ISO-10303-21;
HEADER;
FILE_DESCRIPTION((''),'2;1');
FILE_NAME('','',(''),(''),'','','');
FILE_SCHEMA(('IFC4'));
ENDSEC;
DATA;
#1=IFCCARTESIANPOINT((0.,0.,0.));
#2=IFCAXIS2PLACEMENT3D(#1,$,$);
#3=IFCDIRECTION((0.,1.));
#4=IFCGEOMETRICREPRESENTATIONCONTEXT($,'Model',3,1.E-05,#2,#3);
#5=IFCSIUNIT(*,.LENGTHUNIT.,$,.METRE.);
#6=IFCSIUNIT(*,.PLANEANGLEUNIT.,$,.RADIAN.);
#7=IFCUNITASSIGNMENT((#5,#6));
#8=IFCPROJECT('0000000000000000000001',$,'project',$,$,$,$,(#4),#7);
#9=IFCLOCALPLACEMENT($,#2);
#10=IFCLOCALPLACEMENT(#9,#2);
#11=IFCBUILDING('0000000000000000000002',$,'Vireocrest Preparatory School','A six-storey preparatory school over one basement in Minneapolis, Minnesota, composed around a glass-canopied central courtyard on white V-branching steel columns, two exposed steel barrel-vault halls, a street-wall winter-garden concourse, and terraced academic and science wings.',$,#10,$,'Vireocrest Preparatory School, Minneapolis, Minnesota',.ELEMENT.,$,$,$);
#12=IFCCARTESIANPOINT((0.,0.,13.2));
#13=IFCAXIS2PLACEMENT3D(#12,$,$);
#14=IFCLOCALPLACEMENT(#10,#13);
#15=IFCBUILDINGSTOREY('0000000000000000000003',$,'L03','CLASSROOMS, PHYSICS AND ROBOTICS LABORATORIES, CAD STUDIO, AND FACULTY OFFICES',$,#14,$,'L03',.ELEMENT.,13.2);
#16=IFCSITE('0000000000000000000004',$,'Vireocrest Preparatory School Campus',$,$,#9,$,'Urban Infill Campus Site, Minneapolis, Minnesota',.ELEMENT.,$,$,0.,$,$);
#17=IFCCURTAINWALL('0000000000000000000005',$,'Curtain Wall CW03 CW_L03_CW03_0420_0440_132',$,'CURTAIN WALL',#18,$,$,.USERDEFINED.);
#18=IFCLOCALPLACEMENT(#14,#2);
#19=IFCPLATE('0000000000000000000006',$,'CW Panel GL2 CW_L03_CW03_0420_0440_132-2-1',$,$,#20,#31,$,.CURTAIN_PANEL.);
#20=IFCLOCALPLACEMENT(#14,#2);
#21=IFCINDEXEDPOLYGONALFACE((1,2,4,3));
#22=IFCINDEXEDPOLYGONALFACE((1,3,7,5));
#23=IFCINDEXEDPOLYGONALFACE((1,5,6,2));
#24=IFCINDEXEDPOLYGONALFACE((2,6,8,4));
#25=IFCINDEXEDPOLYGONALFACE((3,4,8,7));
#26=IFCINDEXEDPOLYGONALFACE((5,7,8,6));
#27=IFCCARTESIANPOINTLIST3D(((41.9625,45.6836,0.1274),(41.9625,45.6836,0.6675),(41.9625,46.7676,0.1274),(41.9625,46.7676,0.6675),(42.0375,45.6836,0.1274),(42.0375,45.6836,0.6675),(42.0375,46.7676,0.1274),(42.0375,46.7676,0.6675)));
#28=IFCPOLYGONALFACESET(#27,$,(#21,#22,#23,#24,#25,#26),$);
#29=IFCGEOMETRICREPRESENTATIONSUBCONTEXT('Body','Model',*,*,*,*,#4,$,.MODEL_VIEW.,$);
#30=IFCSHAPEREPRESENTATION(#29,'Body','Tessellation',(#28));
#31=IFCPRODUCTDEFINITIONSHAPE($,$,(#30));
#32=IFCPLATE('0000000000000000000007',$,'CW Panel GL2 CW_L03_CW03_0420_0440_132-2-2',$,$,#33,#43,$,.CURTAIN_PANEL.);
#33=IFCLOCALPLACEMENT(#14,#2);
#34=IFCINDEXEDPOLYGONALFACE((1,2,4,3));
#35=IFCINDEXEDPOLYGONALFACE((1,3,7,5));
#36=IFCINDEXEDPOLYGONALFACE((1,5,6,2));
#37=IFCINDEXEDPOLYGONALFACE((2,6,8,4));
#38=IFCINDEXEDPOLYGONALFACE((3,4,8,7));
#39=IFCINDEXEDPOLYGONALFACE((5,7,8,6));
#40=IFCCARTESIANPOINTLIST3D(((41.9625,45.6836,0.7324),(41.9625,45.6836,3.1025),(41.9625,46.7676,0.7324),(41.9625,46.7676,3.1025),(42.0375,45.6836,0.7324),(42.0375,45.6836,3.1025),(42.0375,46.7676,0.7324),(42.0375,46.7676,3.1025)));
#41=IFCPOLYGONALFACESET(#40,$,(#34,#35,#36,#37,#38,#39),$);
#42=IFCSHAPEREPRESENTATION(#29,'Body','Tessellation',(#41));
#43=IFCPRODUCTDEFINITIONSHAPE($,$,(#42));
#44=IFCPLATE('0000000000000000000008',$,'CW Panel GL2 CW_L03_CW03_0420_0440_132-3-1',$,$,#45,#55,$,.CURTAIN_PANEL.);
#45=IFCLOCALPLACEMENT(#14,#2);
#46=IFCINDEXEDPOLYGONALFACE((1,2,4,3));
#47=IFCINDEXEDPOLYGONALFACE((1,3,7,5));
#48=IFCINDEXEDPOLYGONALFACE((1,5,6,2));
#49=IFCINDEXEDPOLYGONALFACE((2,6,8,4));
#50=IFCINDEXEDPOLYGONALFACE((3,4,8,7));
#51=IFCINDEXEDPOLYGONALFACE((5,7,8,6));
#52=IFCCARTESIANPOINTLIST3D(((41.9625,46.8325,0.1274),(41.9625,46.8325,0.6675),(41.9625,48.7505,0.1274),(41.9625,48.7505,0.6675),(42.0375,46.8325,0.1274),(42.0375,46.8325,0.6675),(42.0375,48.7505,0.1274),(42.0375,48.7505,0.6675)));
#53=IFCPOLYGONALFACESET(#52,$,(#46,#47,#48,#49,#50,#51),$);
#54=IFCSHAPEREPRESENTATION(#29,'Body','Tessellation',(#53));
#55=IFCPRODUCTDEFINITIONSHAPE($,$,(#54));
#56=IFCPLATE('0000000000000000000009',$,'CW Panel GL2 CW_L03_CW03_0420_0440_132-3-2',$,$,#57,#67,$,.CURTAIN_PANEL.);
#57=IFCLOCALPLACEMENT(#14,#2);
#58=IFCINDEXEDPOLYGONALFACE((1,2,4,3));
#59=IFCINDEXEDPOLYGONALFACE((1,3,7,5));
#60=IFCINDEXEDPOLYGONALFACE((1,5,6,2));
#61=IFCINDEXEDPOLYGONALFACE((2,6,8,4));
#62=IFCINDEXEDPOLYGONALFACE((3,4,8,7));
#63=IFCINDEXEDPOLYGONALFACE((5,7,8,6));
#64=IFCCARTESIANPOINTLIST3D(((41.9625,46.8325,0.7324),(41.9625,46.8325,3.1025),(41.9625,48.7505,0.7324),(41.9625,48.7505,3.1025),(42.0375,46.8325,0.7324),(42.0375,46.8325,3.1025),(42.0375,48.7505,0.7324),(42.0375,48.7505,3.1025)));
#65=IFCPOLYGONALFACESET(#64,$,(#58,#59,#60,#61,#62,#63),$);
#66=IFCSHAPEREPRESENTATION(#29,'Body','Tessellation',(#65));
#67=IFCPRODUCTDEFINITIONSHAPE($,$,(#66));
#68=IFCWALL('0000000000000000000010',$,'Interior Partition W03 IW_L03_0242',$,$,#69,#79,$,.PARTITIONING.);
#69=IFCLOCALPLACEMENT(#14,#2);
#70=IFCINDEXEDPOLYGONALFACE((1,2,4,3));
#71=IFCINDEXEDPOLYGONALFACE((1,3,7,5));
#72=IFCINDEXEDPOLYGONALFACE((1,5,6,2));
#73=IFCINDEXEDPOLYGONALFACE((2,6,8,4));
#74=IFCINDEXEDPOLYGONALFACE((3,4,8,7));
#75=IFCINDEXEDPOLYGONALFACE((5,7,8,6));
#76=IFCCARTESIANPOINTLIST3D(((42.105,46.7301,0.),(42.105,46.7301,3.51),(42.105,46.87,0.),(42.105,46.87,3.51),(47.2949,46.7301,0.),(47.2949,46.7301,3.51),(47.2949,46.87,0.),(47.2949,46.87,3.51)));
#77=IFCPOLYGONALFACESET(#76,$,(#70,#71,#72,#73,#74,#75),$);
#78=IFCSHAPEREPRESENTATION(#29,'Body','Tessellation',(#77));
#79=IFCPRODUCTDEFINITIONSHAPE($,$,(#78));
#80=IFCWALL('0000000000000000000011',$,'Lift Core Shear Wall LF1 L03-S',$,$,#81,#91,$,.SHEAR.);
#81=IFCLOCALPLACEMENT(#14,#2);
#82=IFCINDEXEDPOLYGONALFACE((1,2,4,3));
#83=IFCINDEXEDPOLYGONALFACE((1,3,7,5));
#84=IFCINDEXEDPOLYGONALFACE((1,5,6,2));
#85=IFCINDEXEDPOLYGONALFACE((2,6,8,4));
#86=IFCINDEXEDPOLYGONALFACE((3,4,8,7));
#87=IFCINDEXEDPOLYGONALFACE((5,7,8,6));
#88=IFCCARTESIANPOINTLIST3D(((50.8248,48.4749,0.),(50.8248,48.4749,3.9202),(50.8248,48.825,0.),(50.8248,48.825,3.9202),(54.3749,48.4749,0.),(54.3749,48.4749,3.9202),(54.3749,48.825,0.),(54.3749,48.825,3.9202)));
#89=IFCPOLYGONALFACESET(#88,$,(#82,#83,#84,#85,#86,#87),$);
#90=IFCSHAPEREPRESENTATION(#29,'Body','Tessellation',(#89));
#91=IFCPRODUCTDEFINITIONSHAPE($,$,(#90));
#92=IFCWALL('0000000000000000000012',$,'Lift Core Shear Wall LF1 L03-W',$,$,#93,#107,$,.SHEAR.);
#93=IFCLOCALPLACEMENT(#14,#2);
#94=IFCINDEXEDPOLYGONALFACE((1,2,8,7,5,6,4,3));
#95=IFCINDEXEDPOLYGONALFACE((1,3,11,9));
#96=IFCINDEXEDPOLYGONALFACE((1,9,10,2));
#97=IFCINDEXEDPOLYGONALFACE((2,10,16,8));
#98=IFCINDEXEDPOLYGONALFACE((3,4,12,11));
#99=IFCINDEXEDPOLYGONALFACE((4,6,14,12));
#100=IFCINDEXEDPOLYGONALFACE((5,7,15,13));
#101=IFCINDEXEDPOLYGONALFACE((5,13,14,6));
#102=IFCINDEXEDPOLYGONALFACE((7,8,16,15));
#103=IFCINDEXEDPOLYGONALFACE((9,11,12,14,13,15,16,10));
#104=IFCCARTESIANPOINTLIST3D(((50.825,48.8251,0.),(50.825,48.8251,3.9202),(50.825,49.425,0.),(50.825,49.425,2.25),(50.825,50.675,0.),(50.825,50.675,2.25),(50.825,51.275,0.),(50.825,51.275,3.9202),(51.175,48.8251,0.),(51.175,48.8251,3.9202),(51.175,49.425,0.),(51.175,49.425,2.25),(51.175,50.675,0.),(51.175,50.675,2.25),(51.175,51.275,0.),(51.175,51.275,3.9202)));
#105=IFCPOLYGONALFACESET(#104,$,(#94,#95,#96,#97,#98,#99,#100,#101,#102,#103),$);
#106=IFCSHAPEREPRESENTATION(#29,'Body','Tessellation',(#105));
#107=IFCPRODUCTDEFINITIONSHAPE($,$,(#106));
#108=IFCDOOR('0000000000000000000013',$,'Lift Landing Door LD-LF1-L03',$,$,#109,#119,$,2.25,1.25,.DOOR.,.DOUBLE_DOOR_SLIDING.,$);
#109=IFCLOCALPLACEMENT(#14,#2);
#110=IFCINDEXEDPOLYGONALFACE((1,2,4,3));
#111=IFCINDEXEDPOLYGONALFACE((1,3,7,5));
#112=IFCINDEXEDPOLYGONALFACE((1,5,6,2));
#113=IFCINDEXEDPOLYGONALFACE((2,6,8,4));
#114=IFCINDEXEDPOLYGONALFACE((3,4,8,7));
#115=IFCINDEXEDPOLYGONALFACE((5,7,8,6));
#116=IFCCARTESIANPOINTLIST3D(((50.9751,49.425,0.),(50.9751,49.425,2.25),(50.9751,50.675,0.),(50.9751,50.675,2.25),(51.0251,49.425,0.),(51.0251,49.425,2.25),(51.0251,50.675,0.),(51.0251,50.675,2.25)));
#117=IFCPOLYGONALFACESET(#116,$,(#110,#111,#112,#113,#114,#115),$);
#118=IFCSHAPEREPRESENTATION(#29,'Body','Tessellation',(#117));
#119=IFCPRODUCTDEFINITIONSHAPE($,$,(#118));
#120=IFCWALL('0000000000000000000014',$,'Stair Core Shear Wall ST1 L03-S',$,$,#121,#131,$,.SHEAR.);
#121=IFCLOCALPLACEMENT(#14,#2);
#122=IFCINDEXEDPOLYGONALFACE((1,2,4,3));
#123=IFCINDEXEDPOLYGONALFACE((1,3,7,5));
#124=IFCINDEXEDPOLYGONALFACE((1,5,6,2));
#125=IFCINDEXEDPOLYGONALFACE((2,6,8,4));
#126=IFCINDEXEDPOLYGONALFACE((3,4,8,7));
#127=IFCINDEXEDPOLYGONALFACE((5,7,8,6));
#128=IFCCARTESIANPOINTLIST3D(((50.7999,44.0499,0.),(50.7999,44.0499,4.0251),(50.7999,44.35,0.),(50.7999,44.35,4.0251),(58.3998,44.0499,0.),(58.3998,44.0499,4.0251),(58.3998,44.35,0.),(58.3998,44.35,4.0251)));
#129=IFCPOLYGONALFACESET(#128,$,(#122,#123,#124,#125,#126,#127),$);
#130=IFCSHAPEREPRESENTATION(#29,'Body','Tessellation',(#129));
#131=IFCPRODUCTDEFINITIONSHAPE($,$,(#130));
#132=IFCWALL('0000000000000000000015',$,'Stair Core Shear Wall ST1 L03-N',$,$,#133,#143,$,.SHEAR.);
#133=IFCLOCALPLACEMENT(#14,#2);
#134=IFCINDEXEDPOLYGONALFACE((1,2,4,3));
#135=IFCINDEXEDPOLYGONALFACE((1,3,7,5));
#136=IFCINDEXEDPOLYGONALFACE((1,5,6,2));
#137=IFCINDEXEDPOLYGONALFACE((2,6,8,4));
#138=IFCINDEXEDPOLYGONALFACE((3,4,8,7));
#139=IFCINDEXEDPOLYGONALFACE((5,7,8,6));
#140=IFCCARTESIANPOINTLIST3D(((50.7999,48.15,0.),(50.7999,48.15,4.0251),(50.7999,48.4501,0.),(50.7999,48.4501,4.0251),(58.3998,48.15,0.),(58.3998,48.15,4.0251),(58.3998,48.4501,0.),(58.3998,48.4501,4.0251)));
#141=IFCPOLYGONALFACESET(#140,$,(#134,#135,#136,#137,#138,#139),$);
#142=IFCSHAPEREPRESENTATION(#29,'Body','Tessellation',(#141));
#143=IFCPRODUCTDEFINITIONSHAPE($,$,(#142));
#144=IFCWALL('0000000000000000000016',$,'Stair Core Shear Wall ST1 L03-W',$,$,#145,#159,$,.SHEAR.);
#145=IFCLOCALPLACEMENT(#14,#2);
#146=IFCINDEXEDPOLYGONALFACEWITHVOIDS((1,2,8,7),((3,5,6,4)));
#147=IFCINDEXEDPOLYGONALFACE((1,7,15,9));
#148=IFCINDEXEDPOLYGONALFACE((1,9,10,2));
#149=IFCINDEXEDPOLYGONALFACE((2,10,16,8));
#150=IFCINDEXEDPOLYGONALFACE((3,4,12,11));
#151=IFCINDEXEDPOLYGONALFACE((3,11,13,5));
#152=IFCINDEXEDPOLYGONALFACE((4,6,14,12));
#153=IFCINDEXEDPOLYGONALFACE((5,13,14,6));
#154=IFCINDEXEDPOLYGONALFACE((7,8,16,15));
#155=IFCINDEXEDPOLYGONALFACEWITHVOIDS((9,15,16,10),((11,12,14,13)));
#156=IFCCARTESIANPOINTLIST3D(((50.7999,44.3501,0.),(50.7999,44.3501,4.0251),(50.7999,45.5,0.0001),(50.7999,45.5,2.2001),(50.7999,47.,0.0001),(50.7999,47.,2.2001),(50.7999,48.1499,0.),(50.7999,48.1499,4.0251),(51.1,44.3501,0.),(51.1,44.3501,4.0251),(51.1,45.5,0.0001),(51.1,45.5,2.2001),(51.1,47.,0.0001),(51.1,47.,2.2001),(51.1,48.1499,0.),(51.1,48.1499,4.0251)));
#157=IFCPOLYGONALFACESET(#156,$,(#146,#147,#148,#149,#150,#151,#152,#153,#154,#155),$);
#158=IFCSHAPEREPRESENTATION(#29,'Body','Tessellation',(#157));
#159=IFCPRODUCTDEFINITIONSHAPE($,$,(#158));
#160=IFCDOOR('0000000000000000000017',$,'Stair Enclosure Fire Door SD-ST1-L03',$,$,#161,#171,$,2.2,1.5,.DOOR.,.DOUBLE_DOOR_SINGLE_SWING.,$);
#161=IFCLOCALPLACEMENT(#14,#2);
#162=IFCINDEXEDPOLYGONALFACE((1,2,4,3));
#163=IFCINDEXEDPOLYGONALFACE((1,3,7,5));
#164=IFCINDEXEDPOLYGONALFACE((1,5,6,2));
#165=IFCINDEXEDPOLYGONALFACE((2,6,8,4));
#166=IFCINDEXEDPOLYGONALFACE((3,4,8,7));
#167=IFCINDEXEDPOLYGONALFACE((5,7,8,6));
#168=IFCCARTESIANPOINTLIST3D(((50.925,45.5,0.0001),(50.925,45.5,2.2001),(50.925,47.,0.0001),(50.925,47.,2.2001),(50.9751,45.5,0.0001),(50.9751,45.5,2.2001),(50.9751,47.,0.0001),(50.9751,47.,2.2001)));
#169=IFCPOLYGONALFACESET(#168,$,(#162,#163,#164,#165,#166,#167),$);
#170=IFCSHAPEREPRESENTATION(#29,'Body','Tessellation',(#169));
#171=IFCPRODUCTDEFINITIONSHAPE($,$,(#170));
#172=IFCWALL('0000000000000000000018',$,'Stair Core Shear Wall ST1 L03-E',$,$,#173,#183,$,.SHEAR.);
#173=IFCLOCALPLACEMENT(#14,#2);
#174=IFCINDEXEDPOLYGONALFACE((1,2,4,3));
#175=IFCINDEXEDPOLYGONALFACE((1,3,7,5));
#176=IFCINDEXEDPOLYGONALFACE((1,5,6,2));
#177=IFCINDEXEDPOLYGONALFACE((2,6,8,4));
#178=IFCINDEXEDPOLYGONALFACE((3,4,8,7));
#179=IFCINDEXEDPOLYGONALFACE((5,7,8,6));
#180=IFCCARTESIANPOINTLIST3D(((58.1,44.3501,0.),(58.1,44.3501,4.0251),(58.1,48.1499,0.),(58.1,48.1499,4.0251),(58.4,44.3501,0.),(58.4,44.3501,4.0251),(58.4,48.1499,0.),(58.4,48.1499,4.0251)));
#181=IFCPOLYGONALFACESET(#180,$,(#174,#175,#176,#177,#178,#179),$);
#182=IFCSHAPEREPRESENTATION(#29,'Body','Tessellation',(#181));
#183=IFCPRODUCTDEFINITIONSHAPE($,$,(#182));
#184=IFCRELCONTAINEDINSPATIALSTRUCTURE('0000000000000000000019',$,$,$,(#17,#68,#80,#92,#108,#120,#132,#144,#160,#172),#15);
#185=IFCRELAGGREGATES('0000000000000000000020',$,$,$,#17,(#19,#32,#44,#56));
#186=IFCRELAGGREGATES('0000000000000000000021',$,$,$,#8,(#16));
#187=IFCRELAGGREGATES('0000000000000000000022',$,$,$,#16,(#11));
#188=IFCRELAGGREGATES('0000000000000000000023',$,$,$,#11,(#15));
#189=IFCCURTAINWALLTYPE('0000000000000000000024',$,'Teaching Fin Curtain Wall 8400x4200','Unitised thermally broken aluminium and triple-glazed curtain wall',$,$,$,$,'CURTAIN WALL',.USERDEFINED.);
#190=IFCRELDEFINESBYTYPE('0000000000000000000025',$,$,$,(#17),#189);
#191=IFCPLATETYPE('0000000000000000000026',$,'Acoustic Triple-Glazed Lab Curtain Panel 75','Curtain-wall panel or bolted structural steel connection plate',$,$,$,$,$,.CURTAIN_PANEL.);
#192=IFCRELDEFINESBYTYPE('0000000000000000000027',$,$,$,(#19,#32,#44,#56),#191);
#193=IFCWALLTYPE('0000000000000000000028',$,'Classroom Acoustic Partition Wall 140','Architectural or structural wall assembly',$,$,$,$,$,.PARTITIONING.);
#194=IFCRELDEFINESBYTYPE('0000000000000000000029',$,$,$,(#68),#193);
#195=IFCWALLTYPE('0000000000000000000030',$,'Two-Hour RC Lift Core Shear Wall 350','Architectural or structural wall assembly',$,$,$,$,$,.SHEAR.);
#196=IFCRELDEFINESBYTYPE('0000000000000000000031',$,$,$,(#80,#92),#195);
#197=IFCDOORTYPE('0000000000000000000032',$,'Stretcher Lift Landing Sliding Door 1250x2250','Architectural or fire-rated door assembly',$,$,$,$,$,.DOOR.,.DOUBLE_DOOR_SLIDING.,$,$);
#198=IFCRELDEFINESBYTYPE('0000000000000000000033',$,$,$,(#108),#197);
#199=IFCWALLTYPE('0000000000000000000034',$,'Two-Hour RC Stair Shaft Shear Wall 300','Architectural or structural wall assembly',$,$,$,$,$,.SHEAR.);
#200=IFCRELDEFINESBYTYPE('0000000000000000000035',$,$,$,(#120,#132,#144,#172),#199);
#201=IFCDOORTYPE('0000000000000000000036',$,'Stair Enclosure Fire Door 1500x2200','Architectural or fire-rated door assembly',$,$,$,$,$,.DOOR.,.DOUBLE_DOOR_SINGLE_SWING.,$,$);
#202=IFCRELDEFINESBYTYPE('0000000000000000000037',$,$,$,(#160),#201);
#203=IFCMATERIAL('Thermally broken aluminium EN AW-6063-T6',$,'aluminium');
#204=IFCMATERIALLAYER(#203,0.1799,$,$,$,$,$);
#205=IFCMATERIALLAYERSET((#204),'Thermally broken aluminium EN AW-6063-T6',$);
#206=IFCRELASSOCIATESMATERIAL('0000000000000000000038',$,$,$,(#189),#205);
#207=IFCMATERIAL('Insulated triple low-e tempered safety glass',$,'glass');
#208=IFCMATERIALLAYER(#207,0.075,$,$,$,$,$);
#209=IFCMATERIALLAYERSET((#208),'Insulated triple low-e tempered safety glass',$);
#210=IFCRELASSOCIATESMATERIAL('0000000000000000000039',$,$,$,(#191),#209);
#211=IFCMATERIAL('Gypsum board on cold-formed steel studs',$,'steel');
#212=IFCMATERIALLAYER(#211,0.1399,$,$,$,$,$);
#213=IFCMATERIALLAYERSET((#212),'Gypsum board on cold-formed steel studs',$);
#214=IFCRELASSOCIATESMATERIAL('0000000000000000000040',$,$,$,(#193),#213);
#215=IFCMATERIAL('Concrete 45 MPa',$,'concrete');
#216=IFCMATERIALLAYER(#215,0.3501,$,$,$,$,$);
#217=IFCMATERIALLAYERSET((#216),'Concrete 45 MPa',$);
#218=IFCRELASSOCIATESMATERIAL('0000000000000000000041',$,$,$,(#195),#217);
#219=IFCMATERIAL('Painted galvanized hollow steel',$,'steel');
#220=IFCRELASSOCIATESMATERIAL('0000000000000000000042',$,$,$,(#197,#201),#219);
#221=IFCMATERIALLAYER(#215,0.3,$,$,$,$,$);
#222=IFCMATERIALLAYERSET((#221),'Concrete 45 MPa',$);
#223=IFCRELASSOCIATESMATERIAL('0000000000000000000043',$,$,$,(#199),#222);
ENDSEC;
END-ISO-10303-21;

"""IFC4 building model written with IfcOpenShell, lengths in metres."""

from ifc_helpers import new_model, si_unit, direction, frame, frame_2d, origin, origin_2d, place, context, subcontext, project, spatial, rectangle, extrude, material, layer, layer_set, type_object, element, fill, aggregate, save


model = new_model("IFC4")

# Units and contexts
model_context = context("Model", 3, precision=1e-05, world=origin(), true_north=direction((0.0, 1.0)))
body_context = subcontext(model_context, "Body", "Model", "MODEL_VIEW")
ifc_project = project(units=[si_unit("LENGTHUNIT", "METRE"), si_unit("PLANEANGLEUNIT", "RADIAN")], contexts=[model_context])

# Site, building, storey
site_placement = place(None, origin())
site = spatial("IfcSite", under=ifc_project, at=site_placement, Name="Vireocrest Preparatory School Campus", LongName="Urban Infill Campus Site, Minneapolis, Minnesota", CompositionType="ELEMENT", RefElevation=0.0)
building_placement = place(site_placement, origin())
building = spatial("IfcBuilding", under=site, at=building_placement, Name="Vireocrest Preparatory School", Description="A six-storey preparatory school over one basement in Minneapolis, Minnesota, composed around a glass-canopied central courtyard on white V-branching steel columns, two exposed steel barrel-vault halls, a street-wall winter-garden concourse, and terraced academic and science wings.", LongName="Vireocrest Preparatory School, Minneapolis, Minnesota", CompositionType="ELEMENT")
storey_placement = place(building_placement, frame((0.0, 0.0, 13.2)))
storey = spatial("IfcBuildingStorey", under=building, at=storey_placement, Name="L03", Description="CLASSROOMS, PHYSICS AND ROBOTICS LABORATORIES, CAD STUDIO, AND FACULTY OFFICES", LongName="L03", CompositionType="ELEMENT", Elevation=13.2)

# Shared definitions
ifc_material_1 = material(Name="Concrete 45 MPa", Category="concrete")

# Curtain wall
ifc_material_2 = material(Name="Thermally broken aluminium EN AW-6063-T6", Category="aluminium")
ifc_layer_1 = layer(ifc_material_2, 0.1799)
ifc_layer_set_1 = layer_set([ifc_layer_1], Name="Thermally broken aluminium EN AW-6063-T6")
curtain_wall_type = type_object("IfcCurtainWallType", Name="Teaching Fin Curtain Wall 8400x4200", Description="Unitised thermally broken aluminium and triple-glazed curtain wall", ElementType="CURTAIN WALL", PredefinedType="USERDEFINED", material=ifc_layer_set_1)
curtain_wall_placement = place(storey_placement, origin())
curtain_wall = element("IfcCurtainWall", 1, at=curtain_wall_placement, inside=storey, type_object=curtain_wall_type, Name="Curtain Wall CW03 CW_L03_CW03_0420_0440_132", ObjectType="CURTAIN WALL", PredefinedType="USERDEFINED")

# Plates
ifc_material_3 = material(Name="Insulated triple low-e tempered safety glass", Category="glass")
ifc_layer_2 = layer(ifc_material_3, 0.075)
ifc_layer_set_2 = layer_set([ifc_layer_2], Name="Insulated triple low-e tempered safety glass")
plate_type = type_object("IfcPlateType", Name="Acoustic Triple-Glazed Lab Curtain Panel 75", Description="Curtain-wall panel or bolted structural steel connection plate", PredefinedType="CURTAIN_PANEL", material=ifc_layer_set_2)
plate_1_placement = place(storey_placement, frame((42.0, 46.2256, 0.1274), z_axis=(0.0, 0.0, 1.0), x_axis=(0.0, 1.0, 0.0)))
plate_1 = element("IfcPlate", 2, at=plate_1_placement, type_object=plate_type, Name="CW Panel GL2 CW_L03_CW03_0420_0440_132-2-1", PredefinedType="CURTAIN_PANEL", context=body_context, shape_type="SweptSolid", body=[
    extrude(rectangle(XDim=1.084, YDim=0.075, at=origin_2d()), origin(), (0.0, 0.0, 1.0), 0.54),
])
plate_2_placement = place(storey_placement, frame((42.0, 46.2256, 0.7324), z_axis=(0.0, 0.0, 1.0), x_axis=(0.0, 1.0, 0.0)))
plate_2 = element("IfcPlate", 3, at=plate_2_placement, type_object=plate_type, Name="CW Panel GL2 CW_L03_CW03_0420_0440_132-2-2", PredefinedType="CURTAIN_PANEL", context=body_context, shape_type="SweptSolid", body=[
    extrude(rectangle(XDim=1.084, YDim=0.075, at=origin_2d()), origin(), (0.0, 0.0, 1.0), 2.3701),
])
plate_3_placement = place(storey_placement, frame((42.0, 47.7915, 0.1274), z_axis=(0.0, 0.0, 1.0), x_axis=(0.0, 1.0, 0.0)))
plate_3 = element("IfcPlate", 4, at=plate_3_placement, type_object=plate_type, Name="CW Panel GL2 CW_L03_CW03_0420_0440_132-3-1", PredefinedType="CURTAIN_PANEL", context=body_context, shape_type="SweptSolid", body=[
    extrude(rectangle(XDim=1.918, YDim=0.075, at=origin_2d()), origin(), (0.0, 0.0, 1.0), 0.54),
])
plate_4_placement = place(storey_placement, frame((42.0, 47.7915, 0.7324), z_axis=(0.0, 0.0, 1.0), x_axis=(0.0, 1.0, 0.0)))
plate_4 = element("IfcPlate", 5, at=plate_4_placement, type_object=plate_type, Name="CW Panel GL2 CW_L03_CW03_0420_0440_132-3-2", PredefinedType="CURTAIN_PANEL", context=body_context, shape_type="SweptSolid", body=[
    extrude(rectangle(XDim=1.918, YDim=0.075, at=origin_2d()), origin(), (0.0, 0.0, 1.0), 2.3701),
])
aggregate(curtain_wall, [plate_1, plate_2, plate_3, plate_4])

# Walls
ifc_material_4 = material(Name="Gypsum board on cold-formed steel studs", Category="steel")
ifc_layer_3 = layer(ifc_material_4, 0.1399)
ifc_layer_set_3 = layer_set([ifc_layer_3], Name="Gypsum board on cold-formed steel studs")
wall_type_1 = type_object("IfcWallType", Name="Classroom Acoustic Partition Wall 140", Description="Architectural or structural wall assembly", PredefinedType="PARTITIONING", material=ifc_layer_set_3)
wall_1_placement = place(storey_placement, frame((42.105, 46.8, 0.0), z_axis=(0.0, 0.0, 1.0), x_axis=(1.0, 0.0, 0.0)))
element("IfcWall", 6, at=wall_1_placement, inside=storey, type_object=wall_type_1, Name="Interior Partition W03 IW_L03_0242", PredefinedType="PARTITIONING", context=body_context, shape_type="SweptSolid", body=[
    extrude(rectangle(XDim=5.1899, YDim=0.1399, at=frame_2d((2.595, 0.0))), origin(), (0.0, 0.0, 1.0), 3.51),
])
ifc_layer_4 = layer(ifc_material_1, 0.3501)
ifc_layer_set_4 = layer_set([ifc_layer_4], Name="Concrete 45 MPa")
wall_type_2 = type_object("IfcWallType", Name="Two-Hour RC Lift Core Shear Wall 350", Description="Architectural or structural wall assembly", PredefinedType="SHEAR", material=ifc_layer_set_4)
wall_2_placement = place(storey_placement, frame((50.825, 48.6499, 0.0), z_axis=(0.0, 0.0, 1.0), x_axis=(1.0, 0.0, 0.0)))
element("IfcWall", 7, at=wall_2_placement, inside=storey, type_object=wall_type_2, Name="Lift Core Shear Wall LF1 L03-S", PredefinedType="SHEAR", context=body_context, shape_type="SweptSolid", body=[
    extrude(rectangle(XDim=3.55, YDim=0.3501, at=frame_2d((1.7749, 0.0))), origin(), (0.0, 0.0, 1.0), 3.9202),
])

# Wall, opening, door
wall_3_placement = place(storey_placement, frame((51.0, 48.825, 0.0), z_axis=(0.0, 0.0, 1.0), x_axis=(0.0, 1.0, 0.0)))
wall_3 = element("IfcWall", 8, at=wall_3_placement, inside=storey, type_object=wall_type_2, Name="Lift Core Shear Wall LF1 L03-W", PredefinedType="SHEAR", context=body_context, shape_type="SweptSolid", body=[
    extrude(rectangle(XDim=2.45, YDim=0.3501, at=frame_2d((1.2251, 0.0))), origin(), (0.0, 0.0, 1.0), 3.9202),
])
opening_1_placement = place(wall_3_placement, frame((0.6001, 0.0, 0.0)))
opening_1 = element("IfcOpeningElement", 9, at=opening_1_placement, cuts=wall_3, PredefinedType="OPENING", context=body_context, shape_type="SweptSolid", body=[
    extrude(rectangle(XDim=1.25, YDim=2.25, at=frame_2d((0.625, 1.125))), frame((0.0, 0.1851, 0.0), z_axis=(0.0, -1.0, 0.0), x_axis=(1.0, 0.0, 0.0)), (0.0, 0.0, 1.0), 0.3701),
])
ifc_material_5 = material(Name="Painted galvanized hollow steel", Category="steel")
door_type_1 = type_object("IfcDoorType", Name="Stretcher Lift Landing Sliding Door 1250x2250", Description="Architectural or fire-rated door assembly", OperationType="DOUBLE_DOOR_SLIDING", PredefinedType="DOOR", material=ifc_material_5)
door_1_placement = place(opening_1_placement, origin())
door_1 = element("IfcDoor", 10, at=door_1_placement, inside=storey, type_object=door_type_1, Name="Lift Landing Door LD-LF1-L03", OperationType="DOUBLE_DOOR_SLIDING", OverallHeight=2.25, OverallWidth=1.25, PredefinedType="DOOR", context=body_context, shape_type="SweptSolid", body=[
    extrude(rectangle(XDim=1.25, YDim=2.25, at=frame_2d((0.625, 1.125))), frame((0.0, 0.0249, 0.0), z_axis=(0.0, -1.0, 0.0), x_axis=(1.0, 0.0, 0.0)), (0.0, 0.0, 1.0), 0.05),
])
fill(opening_1, door_1)

# Walls
ifc_layer_5 = layer(ifc_material_1, 0.3)
ifc_layer_set_5 = layer_set([ifc_layer_5], Name="Concrete 45 MPa")
wall_type_3 = type_object("IfcWallType", Name="Two-Hour RC Stair Shaft Shear Wall 300", Description="Architectural or structural wall assembly", PredefinedType="SHEAR", material=ifc_layer_set_5)
for number, where, z_axis, x_axis, name in (
    (11, (50.8, 44.2, 0.0), (0.0, 0.0, 1.0), (1.0, 0.0, 0.0), "Stair Core Shear Wall ST1 L03-S"),
    (12, (50.8, 48.3, 0.0), (0.0, 0.0, 1.0), (1.0, 0.0, 0.0), "Stair Core Shear Wall ST1 L03-N"),
):
    element("IfcWall", number, at=place(storey_placement, frame(where, z_axis=z_axis, x_axis=x_axis)), inside=storey, type_object=wall_type_3, Name=name, PredefinedType="SHEAR", context=body_context, shape_type="SweptSolid", body=[
        extrude(rectangle(XDim=7.5999, YDim=0.3, at=frame_2d((3.7998, 0.0))), origin(), (0.0, 0.0, 1.0), 4.0251),
    ])

# Wall, opening, door
wall_4_placement = place(storey_placement, frame((50.95, 44.3501, 0.0), z_axis=(0.0, 0.0, 1.0), x_axis=(0.0, 1.0, 0.0)))
wall_4 = element("IfcWall", 13, at=wall_4_placement, inside=storey, type_object=wall_type_3, Name="Stair Core Shear Wall ST1 L03-W", PredefinedType="SHEAR", context=body_context, shape_type="SweptSolid", body=[
    extrude(rectangle(XDim=3.7998, YDim=0.3, at=frame_2d((1.8999, 0.0))), origin(), (0.0, 0.0, 1.0), 4.0251),
])
opening_2_placement = place(wall_4_placement, frame((1.1499, 0.0, 0.0)))
opening_2 = element("IfcOpeningElement", 14, at=opening_2_placement, cuts=wall_4, PredefinedType="OPENING", context=body_context, shape_type="SweptSolid", body=[
    extrude(rectangle(XDim=1.5, YDim=2.2, at=frame_2d((0.75, 1.1001))), frame((0.0, 0.1599, 0.0), z_axis=(0.0, -1.0, 0.0), x_axis=(1.0, 0.0, 0.0)), (0.0, 0.0, 1.0), 0.3201),
])
door_type_2 = type_object("IfcDoorType", Name="Stair Enclosure Fire Door 1500x2200", Description="Architectural or fire-rated door assembly", OperationType="DOUBLE_DOOR_SINGLE_SWING", PredefinedType="DOOR", material=ifc_material_5)
door_2_placement = place(opening_2_placement, origin())
door_2 = element("IfcDoor", 15, at=door_2_placement, inside=storey, type_object=door_type_2, Name="Stair Enclosure Fire Door SD-ST1-L03", OperationType="DOUBLE_DOOR_SINGLE_SWING", OverallHeight=2.2, OverallWidth=1.5, PredefinedType="DOOR", context=body_context, shape_type="SweptSolid", body=[
    extrude(rectangle(XDim=1.5, YDim=2.2, at=frame_2d((0.75, 1.1001))), frame((0.0, 0.0249, 0.0), z_axis=(0.0, -1.0, 0.0), x_axis=(1.0, 0.0, 0.0)), (0.0, 0.0, 1.0), 0.05),
])
fill(opening_2, door_2)

# Wall
wall_5_placement = place(storey_placement, frame((58.25, 44.3501, 0.0), z_axis=(0.0, 0.0, 1.0), x_axis=(0.0, 1.0, 0.0)))
element("IfcWall", 16, at=wall_5_placement, inside=storey, type_object=wall_type_3, Name="Stair Core Shear Wall ST1 L03-E", PredefinedType="SHEAR", context=body_context, shape_type="SweptSolid", body=[
    extrude(rectangle(XDim=3.7998, YDim=0.3, at=frame_2d((1.8999, 0.0))), origin(), (0.0, 0.0, 1.0), 4.0251),
])

save(model, "model.ifc")
